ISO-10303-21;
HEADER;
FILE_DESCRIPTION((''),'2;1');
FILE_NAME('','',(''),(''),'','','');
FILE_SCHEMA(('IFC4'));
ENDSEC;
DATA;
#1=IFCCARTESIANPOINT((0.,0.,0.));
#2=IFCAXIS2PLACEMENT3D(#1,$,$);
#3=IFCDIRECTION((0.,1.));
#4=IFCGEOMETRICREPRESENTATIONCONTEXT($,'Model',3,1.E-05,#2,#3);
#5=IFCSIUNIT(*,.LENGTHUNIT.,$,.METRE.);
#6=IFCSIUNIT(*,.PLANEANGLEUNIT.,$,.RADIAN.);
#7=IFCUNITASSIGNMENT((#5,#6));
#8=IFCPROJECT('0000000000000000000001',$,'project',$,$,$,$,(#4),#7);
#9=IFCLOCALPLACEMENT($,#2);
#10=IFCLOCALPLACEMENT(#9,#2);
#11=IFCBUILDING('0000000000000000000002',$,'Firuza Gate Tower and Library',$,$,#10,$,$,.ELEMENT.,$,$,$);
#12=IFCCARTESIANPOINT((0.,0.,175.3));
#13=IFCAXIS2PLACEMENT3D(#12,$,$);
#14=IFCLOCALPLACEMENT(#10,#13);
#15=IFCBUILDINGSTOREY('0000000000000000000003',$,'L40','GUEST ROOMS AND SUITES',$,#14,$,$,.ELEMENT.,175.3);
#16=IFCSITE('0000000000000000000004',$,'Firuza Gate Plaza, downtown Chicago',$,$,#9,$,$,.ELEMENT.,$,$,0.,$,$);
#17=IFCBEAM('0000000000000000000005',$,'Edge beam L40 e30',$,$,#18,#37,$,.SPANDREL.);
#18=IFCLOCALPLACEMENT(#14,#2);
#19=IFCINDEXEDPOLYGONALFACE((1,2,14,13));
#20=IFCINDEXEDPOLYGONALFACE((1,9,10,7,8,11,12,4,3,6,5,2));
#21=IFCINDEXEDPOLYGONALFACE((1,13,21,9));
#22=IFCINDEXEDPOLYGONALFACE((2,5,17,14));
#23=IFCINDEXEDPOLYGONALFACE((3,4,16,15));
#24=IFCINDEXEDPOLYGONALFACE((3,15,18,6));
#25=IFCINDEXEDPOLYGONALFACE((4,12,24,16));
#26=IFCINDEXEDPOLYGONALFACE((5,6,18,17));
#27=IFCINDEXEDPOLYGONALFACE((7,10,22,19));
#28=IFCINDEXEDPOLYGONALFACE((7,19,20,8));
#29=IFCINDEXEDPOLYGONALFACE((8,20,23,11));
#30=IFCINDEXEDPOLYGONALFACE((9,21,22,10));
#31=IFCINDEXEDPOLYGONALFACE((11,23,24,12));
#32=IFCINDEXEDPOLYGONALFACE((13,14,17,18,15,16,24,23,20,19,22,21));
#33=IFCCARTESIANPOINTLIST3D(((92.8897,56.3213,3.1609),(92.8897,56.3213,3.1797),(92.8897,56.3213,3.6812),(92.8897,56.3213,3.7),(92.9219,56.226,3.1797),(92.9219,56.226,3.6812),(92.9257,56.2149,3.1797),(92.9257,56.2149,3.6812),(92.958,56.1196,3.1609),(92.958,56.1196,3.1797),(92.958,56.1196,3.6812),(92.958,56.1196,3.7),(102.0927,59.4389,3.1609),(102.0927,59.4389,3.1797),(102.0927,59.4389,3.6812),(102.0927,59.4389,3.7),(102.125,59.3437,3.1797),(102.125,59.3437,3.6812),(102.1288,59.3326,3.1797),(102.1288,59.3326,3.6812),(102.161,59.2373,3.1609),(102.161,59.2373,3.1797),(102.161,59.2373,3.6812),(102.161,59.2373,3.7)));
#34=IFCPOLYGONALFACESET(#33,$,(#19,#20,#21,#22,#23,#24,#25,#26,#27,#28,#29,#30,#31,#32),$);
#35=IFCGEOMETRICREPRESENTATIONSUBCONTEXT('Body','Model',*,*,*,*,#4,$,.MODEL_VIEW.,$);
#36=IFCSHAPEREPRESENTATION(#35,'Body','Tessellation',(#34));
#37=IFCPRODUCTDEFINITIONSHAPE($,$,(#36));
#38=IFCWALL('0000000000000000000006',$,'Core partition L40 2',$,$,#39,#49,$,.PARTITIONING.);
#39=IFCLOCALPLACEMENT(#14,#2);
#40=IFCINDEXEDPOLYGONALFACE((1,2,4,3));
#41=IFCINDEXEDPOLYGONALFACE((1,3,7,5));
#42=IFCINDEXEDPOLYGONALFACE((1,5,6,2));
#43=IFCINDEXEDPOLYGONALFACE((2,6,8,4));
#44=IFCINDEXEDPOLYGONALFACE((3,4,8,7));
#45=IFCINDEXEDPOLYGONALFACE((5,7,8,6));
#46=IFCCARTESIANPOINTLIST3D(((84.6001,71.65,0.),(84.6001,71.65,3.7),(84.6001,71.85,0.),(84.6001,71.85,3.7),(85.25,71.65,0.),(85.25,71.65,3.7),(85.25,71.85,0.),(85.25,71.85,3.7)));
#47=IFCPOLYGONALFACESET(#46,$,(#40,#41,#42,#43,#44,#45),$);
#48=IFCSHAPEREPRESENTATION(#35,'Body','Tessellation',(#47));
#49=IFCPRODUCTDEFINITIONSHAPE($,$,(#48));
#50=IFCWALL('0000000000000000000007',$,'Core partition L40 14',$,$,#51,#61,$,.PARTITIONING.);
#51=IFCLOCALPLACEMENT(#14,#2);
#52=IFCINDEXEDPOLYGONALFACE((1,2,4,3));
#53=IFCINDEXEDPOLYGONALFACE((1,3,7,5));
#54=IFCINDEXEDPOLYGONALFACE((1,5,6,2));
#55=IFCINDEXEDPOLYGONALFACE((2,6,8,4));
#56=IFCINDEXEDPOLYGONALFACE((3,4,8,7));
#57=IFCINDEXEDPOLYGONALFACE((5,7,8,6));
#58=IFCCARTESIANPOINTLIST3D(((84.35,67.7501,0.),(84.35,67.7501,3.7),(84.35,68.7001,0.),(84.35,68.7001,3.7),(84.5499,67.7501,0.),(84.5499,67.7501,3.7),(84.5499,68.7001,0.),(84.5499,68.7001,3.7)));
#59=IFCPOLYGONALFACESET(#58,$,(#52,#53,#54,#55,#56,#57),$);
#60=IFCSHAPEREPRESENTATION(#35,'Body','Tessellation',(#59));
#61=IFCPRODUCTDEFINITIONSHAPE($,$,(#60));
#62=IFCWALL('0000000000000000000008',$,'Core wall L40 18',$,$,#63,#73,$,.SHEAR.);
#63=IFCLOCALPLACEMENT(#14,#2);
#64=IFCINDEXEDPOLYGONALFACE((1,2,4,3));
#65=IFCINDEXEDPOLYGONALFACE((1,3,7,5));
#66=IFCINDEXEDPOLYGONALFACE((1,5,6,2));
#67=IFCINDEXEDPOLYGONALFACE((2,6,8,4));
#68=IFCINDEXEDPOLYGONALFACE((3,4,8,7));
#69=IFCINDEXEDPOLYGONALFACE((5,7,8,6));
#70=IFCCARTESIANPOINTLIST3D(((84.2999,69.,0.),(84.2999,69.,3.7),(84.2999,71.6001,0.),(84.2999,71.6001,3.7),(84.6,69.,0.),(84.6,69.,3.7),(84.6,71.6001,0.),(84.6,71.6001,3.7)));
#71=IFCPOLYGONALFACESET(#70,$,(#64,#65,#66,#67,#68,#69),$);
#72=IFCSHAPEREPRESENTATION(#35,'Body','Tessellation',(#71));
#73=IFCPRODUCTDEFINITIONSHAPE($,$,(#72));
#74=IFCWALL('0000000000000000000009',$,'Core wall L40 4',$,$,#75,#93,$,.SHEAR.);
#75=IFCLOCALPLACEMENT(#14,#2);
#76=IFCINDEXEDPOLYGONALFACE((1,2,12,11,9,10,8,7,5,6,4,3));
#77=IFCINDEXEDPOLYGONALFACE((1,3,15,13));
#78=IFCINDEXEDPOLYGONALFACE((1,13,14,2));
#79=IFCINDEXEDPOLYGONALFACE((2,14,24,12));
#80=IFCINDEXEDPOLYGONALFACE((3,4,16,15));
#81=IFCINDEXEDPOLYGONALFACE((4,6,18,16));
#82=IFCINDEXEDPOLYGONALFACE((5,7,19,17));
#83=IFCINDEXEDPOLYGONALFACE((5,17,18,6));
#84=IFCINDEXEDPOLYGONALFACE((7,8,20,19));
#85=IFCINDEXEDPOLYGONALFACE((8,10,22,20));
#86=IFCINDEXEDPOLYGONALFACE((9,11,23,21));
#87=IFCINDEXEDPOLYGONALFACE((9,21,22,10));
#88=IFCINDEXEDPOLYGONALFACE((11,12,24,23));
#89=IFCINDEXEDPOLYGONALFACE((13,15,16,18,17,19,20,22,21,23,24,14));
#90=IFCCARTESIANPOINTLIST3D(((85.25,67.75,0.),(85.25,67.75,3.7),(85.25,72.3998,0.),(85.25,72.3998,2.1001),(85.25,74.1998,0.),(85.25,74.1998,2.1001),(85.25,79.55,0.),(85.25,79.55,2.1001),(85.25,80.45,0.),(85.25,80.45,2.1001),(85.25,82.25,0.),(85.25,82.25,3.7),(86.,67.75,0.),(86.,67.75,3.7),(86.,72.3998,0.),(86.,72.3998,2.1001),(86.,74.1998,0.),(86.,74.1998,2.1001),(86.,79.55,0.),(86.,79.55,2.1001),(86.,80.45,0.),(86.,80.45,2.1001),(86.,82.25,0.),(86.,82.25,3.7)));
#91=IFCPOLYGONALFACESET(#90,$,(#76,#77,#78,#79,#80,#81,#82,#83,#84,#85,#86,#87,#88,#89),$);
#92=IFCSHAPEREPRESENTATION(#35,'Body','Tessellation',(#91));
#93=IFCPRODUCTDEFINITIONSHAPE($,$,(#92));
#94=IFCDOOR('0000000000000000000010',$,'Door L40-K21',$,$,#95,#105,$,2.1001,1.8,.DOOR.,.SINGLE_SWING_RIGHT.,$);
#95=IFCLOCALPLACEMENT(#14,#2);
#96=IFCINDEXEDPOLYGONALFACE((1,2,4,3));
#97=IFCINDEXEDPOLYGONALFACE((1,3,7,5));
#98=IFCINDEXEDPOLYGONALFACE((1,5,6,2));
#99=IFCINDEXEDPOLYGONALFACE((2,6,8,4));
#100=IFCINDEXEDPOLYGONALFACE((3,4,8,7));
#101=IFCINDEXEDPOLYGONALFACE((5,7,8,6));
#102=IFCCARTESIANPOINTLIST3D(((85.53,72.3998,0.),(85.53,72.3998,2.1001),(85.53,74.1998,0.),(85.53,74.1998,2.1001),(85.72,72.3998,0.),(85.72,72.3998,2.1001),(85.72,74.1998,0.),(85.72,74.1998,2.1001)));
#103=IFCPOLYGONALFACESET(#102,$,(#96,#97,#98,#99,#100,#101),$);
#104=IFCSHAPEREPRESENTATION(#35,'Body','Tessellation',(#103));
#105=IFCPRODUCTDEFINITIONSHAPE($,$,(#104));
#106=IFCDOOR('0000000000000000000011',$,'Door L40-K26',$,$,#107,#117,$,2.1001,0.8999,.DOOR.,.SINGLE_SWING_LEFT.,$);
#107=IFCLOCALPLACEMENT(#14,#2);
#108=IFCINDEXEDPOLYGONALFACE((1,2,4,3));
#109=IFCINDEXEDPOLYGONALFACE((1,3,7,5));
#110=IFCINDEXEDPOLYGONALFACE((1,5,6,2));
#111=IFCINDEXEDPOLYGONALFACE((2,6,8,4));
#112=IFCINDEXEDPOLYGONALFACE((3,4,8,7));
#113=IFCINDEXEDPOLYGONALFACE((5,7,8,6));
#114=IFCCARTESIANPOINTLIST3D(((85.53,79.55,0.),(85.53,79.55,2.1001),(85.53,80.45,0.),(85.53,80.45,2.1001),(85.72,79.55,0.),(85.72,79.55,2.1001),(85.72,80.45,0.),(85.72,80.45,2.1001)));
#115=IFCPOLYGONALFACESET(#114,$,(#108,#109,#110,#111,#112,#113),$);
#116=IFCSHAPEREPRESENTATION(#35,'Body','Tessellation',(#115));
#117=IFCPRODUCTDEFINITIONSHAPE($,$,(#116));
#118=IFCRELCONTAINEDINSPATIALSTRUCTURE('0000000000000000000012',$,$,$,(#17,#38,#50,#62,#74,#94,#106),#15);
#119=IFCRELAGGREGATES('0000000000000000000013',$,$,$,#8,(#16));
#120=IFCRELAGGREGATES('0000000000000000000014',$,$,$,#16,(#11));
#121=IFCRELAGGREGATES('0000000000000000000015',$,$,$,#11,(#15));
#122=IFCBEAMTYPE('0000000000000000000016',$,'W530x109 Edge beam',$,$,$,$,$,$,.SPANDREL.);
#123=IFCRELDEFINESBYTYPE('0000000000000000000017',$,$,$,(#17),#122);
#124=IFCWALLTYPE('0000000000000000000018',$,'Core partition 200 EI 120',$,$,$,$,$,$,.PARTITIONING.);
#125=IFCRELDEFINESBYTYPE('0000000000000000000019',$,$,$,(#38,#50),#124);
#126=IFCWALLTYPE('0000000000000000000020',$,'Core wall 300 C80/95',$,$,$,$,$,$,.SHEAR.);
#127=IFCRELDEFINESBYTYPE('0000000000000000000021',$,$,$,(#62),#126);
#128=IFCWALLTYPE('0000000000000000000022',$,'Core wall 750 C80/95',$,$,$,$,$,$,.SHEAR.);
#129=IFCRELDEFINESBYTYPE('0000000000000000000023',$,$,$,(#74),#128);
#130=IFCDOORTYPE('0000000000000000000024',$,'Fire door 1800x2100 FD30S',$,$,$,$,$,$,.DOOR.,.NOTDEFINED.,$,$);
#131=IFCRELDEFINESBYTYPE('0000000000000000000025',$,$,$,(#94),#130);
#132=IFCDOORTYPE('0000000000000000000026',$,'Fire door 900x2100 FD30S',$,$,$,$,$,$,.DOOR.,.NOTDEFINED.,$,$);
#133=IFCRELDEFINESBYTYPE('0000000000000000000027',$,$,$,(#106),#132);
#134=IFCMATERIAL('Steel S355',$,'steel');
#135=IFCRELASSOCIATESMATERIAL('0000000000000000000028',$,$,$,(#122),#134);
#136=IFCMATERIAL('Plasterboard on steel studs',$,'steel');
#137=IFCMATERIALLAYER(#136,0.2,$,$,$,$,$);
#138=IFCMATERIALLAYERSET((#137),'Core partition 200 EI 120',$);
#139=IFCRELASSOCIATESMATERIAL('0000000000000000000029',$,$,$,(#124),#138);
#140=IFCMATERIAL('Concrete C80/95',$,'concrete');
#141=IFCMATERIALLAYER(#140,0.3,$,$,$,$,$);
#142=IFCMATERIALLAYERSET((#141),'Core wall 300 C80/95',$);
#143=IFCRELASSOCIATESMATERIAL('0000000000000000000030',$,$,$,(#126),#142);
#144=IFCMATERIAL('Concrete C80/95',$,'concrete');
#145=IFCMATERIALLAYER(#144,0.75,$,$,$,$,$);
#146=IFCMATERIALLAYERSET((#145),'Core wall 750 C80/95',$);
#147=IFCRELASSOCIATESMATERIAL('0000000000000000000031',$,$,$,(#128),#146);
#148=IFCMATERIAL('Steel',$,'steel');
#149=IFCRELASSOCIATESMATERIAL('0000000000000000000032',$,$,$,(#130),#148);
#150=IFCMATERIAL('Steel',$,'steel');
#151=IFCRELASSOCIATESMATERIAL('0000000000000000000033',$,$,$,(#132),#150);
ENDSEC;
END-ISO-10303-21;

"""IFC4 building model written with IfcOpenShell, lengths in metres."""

from ifc_helpers import new_model, si_unit, direction, frame, frame_2d, origin, origin_2d, place, context, subcontext, project, spatial, rectangle, i_section, extrude, material, layer, layer_set, material_profile, profile_set, type_object, element, fill, save


model = new_model("IFC4")

# Units and contexts
model_context = context("Model", 3, precision=1e-05, world=origin(), true_north=direction((0.0, 1.0)))
body_context = subcontext(model_context, "Body", "Model", "MODEL_VIEW")
ifc_project = project(units=[si_unit("LENGTHUNIT", "METRE"), si_unit("PLANEANGLEUNIT", "RADIAN")], contexts=[model_context])

# Site, building, storey
site_placement = place(None, origin())
site = spatial("IfcSite", under=ifc_project, at=site_placement, Name="Firuza Gate Plaza, downtown Chicago", CompositionType="ELEMENT", RefElevation=0.0)
building_placement = place(site_placement, origin())
building = spatial("IfcBuilding", under=site, at=building_placement, Name="Firuza Gate Tower and Library", CompositionType="ELEMENT")
storey_placement = place(building_placement, frame((0.0, 0.0, 175.3)))
storey = spatial("IfcBuildingStorey", under=building, at=storey_placement, Name="L40", Description="GUEST ROOMS AND SUITES", CompositionType="ELEMENT", Elevation=175.3)

# Beam
ifc_material_1 = material(Name="Steel S355", Category="steel")
ifc_material_profile = material_profile(ifc_material_1, i_section(OverallWidth=0.2129, OverallDepth=0.5391, WebThickness=0.0117, FlangeThickness=0.0188, at=origin_2d()))
ifc_profile_set = profile_set([ifc_material_profile], Name="Steel S355")
beam_type = type_object("IfcBeamType", Name="W530x109 Edge beam", PredefinedType="SPANDREL", material=ifc_profile_set)
beam_placement = place(storey_placement, frame((92.9238, 56.2205, 3.4304), z_axis=(0.947129, 0.320852, 0.0), x_axis=(-0.320852, 0.947129, 0.0)))
element("IfcBeam", 1, at=beam_placement, inside=storey, type_object=beam_type, Name="Edge beam L40 e30", PredefinedType="SPANDREL", context=body_context, shape_type="SweptSolid", body=[
    extrude(i_section(OverallWidth=0.2129, OverallDepth=0.5391, WebThickness=0.0117, FlangeThickness=0.0188, at=origin_2d()), origin(), (0.0, 0.0, 1.0), 9.7168),
])

# Walls
ifc_material_2 = material(Name="Plasterboard on steel studs", Category="steel")
ifc_layer_1 = layer(ifc_material_2, 0.2)
ifc_layer_set_1 = layer_set([ifc_layer_1], Name="Core partition 200 EI 120")
wall_type_1 = type_object("IfcWallType", Name="Core partition 200 EI 120", PredefinedType="PARTITIONING", material=ifc_layer_set_1)
wall_1_placement = place(storey_placement, frame((84.6001, 71.75, 0.0), z_axis=(0.0, 0.0, 1.0), x_axis=(1.0, 0.0, 0.0)))
element("IfcWall", 2, at=wall_1_placement, inside=storey, type_object=wall_type_1, Name="Core partition L40 2", PredefinedType="PARTITIONING", context=body_context, shape_type="SweptSolid", body=[
    extrude(rectangle(XDim=0.6499, YDim=0.2, at=frame_2d((0.325, 0.0))), origin(), (0.0, 0.0, 1.0), 3.7),
])
wall_2_placement = place(storey_placement, frame((84.45, 67.75, 0.0), z_axis=(0.0, 0.0, 1.0), x_axis=(0.0, 1.0, 0.0)))
element("IfcWall", 3, at=wall_2_placement, inside=storey, type_object=wall_type_1, Name="Core partition L40 14", PredefinedType="PARTITIONING", context=body_context, shape_type="SweptSolid", body=[
    extrude(rectangle(XDim=0.95, YDim=0.2, at=frame_2d((0.4751, 0.0))), origin(), (0.0, 0.0, 1.0), 3.7),
])
ifc_material_3 = material(Name="Concrete C80/95", Category="concrete")
ifc_layer_2 = layer(ifc_material_3, 0.3)
ifc_layer_set_2 = layer_set([ifc_layer_2], Name="Core wall 300 C80/95")
wall_type_2 = type_object("IfcWallType", Name="Core wall 300 C80/95", PredefinedType="SHEAR", material=ifc_layer_set_2)
wall_3_placement = place(storey_placement, frame((84.45, 69.0, 0.0), z_axis=(0.0, 0.0, 1.0), x_axis=(0.0, 1.0, 0.0)))
element("IfcWall", 4, at=wall_3_placement, inside=storey, type_object=wall_type_2, Name="Core wall L40 18", PredefinedType="SHEAR", context=body_context, shape_type="SweptSolid", body=[
    extrude(rectangle(XDim=2.6001, YDim=0.3, at=frame_2d((1.3, 0.0))), origin(), (0.0, 0.0, 1.0), 3.7),
])

# Wall, openings, doors
ifc_material_4 = material(Name="Concrete C80/95", Category="concrete")
ifc_layer_3 = layer(ifc_material_4, 0.75)
ifc_layer_set_3 = layer_set([ifc_layer_3], Name="Core wall 750 C80/95")
wall_type_3 = type_object("IfcWallType", Name="Core wall 750 C80/95", PredefinedType="SHEAR", material=ifc_layer_set_3)
wall_4_placement = place(storey_placement, frame((85.625, 67.75, 0.0), z_axis=(0.0, 0.0, 1.0), x_axis=(0.0, 1.0, 0.0)))
wall_4 = element("IfcWall", 5, at=wall_4_placement, inside=storey, type_object=wall_type_3, Name="Core wall L40 4", PredefinedType="SHEAR", context=body_context, shape_type="SweptSolid", body=[
    extrude(rectangle(XDim=14.5, YDim=0.75, at=frame_2d((7.25, 0.0))), origin(), (0.0, 0.0, 1.0), 3.7),
])
opening_1_placement = place(wall_4_placement, frame((4.6499, 0.0, 0.0)))
opening_1 = element("IfcOpeningElement", 6, at=opening_1_placement, cuts=wall_4, PredefinedType="OPENING", context=body_context, shape_type="SweptSolid", body=[
    extrude(rectangle(XDim=1.8, YDim=2.1001, at=frame_2d((0.8999, 1.05))), frame((0.0, 0.385, 0.0), z_axis=(0.0, -1.0, 0.0), x_axis=(1.0, 0.0, 0.0)), (0.0, 0.0, 1.0), 0.77),
])
opening_2_placement = place(wall_4_placement, frame((11.8, 0.0, 0.0)))
opening_2 = element("IfcOpeningElement", 7, at=opening_2_placement, cuts=wall_4, PredefinedType="OPENING", context=body_context, shape_type="SweptSolid", body=[
    extrude(rectangle(XDim=0.8999, YDim=2.1001, at=frame_2d((0.45, 1.05))), frame((0.0, 0.385, 0.0), z_axis=(0.0, -1.0, 0.0), x_axis=(1.0, 0.0, 0.0)), (0.0, 0.0, 1.0), 0.77),
])
ifc_material_5 = material(Name="Steel", Category="steel")
door_type_1 = type_object("IfcDoorType", Name="Fire door 1800x2100 FD30S", OperationType="NOTDEFINED", PredefinedType="DOOR", material=ifc_material_5)
door_1_placement = place(opening_1_placement, origin())
door_1 = element("IfcDoor", 8, at=door_1_placement, inside=storey, type_object=door_type_1, Name="Door L40-K21", OperationType="SINGLE_SWING_RIGHT", OverallHeight=2.1001, OverallWidth=1.8, PredefinedType="DOOR", context=body_context, shape_type="SweptSolid", body=[
    extrude(rectangle(XDim=1.8, YDim=2.1001, at=frame_2d((0.8999, 1.05))), frame((0.0, 0.095, 0.0), z_axis=(0.0, -1.0, 0.0), x_axis=(1.0, 0.0, 0.0)), (0.0, 0.0, 1.0), 0.1899),
])
fill(opening_1, door_1)
ifc_material_6 = material(Name="Steel", Category="steel")
door_type_2 = type_object("IfcDoorType", Name="Fire door 900x2100 FD30S", OperationType="NOTDEFINED", PredefinedType="DOOR", material=ifc_material_6)
door_2_placement = place(opening_2_placement, origin())
door_2 = element("IfcDoor", 9, at=door_2_placement, inside=storey, type_object=door_type_2, Name="Door L40-K26", OperationType="SINGLE_SWING_LEFT", OverallHeight=2.1001, OverallWidth=0.8999, PredefinedType="DOOR", context=body_context, shape_type="SweptSolid", body=[
    extrude(rectangle(XDim=0.8999, YDim=2.1001, at=frame_2d((0.45, 1.05))), frame((0.0, 0.095, 0.0), z_axis=(0.0, -1.0, 0.0), x_axis=(1.0, 0.0, 0.0)), (0.0, 0.0, 1.0), 0.1899),
])
fill(opening_2, door_2)

save(model, "model.ifc")
